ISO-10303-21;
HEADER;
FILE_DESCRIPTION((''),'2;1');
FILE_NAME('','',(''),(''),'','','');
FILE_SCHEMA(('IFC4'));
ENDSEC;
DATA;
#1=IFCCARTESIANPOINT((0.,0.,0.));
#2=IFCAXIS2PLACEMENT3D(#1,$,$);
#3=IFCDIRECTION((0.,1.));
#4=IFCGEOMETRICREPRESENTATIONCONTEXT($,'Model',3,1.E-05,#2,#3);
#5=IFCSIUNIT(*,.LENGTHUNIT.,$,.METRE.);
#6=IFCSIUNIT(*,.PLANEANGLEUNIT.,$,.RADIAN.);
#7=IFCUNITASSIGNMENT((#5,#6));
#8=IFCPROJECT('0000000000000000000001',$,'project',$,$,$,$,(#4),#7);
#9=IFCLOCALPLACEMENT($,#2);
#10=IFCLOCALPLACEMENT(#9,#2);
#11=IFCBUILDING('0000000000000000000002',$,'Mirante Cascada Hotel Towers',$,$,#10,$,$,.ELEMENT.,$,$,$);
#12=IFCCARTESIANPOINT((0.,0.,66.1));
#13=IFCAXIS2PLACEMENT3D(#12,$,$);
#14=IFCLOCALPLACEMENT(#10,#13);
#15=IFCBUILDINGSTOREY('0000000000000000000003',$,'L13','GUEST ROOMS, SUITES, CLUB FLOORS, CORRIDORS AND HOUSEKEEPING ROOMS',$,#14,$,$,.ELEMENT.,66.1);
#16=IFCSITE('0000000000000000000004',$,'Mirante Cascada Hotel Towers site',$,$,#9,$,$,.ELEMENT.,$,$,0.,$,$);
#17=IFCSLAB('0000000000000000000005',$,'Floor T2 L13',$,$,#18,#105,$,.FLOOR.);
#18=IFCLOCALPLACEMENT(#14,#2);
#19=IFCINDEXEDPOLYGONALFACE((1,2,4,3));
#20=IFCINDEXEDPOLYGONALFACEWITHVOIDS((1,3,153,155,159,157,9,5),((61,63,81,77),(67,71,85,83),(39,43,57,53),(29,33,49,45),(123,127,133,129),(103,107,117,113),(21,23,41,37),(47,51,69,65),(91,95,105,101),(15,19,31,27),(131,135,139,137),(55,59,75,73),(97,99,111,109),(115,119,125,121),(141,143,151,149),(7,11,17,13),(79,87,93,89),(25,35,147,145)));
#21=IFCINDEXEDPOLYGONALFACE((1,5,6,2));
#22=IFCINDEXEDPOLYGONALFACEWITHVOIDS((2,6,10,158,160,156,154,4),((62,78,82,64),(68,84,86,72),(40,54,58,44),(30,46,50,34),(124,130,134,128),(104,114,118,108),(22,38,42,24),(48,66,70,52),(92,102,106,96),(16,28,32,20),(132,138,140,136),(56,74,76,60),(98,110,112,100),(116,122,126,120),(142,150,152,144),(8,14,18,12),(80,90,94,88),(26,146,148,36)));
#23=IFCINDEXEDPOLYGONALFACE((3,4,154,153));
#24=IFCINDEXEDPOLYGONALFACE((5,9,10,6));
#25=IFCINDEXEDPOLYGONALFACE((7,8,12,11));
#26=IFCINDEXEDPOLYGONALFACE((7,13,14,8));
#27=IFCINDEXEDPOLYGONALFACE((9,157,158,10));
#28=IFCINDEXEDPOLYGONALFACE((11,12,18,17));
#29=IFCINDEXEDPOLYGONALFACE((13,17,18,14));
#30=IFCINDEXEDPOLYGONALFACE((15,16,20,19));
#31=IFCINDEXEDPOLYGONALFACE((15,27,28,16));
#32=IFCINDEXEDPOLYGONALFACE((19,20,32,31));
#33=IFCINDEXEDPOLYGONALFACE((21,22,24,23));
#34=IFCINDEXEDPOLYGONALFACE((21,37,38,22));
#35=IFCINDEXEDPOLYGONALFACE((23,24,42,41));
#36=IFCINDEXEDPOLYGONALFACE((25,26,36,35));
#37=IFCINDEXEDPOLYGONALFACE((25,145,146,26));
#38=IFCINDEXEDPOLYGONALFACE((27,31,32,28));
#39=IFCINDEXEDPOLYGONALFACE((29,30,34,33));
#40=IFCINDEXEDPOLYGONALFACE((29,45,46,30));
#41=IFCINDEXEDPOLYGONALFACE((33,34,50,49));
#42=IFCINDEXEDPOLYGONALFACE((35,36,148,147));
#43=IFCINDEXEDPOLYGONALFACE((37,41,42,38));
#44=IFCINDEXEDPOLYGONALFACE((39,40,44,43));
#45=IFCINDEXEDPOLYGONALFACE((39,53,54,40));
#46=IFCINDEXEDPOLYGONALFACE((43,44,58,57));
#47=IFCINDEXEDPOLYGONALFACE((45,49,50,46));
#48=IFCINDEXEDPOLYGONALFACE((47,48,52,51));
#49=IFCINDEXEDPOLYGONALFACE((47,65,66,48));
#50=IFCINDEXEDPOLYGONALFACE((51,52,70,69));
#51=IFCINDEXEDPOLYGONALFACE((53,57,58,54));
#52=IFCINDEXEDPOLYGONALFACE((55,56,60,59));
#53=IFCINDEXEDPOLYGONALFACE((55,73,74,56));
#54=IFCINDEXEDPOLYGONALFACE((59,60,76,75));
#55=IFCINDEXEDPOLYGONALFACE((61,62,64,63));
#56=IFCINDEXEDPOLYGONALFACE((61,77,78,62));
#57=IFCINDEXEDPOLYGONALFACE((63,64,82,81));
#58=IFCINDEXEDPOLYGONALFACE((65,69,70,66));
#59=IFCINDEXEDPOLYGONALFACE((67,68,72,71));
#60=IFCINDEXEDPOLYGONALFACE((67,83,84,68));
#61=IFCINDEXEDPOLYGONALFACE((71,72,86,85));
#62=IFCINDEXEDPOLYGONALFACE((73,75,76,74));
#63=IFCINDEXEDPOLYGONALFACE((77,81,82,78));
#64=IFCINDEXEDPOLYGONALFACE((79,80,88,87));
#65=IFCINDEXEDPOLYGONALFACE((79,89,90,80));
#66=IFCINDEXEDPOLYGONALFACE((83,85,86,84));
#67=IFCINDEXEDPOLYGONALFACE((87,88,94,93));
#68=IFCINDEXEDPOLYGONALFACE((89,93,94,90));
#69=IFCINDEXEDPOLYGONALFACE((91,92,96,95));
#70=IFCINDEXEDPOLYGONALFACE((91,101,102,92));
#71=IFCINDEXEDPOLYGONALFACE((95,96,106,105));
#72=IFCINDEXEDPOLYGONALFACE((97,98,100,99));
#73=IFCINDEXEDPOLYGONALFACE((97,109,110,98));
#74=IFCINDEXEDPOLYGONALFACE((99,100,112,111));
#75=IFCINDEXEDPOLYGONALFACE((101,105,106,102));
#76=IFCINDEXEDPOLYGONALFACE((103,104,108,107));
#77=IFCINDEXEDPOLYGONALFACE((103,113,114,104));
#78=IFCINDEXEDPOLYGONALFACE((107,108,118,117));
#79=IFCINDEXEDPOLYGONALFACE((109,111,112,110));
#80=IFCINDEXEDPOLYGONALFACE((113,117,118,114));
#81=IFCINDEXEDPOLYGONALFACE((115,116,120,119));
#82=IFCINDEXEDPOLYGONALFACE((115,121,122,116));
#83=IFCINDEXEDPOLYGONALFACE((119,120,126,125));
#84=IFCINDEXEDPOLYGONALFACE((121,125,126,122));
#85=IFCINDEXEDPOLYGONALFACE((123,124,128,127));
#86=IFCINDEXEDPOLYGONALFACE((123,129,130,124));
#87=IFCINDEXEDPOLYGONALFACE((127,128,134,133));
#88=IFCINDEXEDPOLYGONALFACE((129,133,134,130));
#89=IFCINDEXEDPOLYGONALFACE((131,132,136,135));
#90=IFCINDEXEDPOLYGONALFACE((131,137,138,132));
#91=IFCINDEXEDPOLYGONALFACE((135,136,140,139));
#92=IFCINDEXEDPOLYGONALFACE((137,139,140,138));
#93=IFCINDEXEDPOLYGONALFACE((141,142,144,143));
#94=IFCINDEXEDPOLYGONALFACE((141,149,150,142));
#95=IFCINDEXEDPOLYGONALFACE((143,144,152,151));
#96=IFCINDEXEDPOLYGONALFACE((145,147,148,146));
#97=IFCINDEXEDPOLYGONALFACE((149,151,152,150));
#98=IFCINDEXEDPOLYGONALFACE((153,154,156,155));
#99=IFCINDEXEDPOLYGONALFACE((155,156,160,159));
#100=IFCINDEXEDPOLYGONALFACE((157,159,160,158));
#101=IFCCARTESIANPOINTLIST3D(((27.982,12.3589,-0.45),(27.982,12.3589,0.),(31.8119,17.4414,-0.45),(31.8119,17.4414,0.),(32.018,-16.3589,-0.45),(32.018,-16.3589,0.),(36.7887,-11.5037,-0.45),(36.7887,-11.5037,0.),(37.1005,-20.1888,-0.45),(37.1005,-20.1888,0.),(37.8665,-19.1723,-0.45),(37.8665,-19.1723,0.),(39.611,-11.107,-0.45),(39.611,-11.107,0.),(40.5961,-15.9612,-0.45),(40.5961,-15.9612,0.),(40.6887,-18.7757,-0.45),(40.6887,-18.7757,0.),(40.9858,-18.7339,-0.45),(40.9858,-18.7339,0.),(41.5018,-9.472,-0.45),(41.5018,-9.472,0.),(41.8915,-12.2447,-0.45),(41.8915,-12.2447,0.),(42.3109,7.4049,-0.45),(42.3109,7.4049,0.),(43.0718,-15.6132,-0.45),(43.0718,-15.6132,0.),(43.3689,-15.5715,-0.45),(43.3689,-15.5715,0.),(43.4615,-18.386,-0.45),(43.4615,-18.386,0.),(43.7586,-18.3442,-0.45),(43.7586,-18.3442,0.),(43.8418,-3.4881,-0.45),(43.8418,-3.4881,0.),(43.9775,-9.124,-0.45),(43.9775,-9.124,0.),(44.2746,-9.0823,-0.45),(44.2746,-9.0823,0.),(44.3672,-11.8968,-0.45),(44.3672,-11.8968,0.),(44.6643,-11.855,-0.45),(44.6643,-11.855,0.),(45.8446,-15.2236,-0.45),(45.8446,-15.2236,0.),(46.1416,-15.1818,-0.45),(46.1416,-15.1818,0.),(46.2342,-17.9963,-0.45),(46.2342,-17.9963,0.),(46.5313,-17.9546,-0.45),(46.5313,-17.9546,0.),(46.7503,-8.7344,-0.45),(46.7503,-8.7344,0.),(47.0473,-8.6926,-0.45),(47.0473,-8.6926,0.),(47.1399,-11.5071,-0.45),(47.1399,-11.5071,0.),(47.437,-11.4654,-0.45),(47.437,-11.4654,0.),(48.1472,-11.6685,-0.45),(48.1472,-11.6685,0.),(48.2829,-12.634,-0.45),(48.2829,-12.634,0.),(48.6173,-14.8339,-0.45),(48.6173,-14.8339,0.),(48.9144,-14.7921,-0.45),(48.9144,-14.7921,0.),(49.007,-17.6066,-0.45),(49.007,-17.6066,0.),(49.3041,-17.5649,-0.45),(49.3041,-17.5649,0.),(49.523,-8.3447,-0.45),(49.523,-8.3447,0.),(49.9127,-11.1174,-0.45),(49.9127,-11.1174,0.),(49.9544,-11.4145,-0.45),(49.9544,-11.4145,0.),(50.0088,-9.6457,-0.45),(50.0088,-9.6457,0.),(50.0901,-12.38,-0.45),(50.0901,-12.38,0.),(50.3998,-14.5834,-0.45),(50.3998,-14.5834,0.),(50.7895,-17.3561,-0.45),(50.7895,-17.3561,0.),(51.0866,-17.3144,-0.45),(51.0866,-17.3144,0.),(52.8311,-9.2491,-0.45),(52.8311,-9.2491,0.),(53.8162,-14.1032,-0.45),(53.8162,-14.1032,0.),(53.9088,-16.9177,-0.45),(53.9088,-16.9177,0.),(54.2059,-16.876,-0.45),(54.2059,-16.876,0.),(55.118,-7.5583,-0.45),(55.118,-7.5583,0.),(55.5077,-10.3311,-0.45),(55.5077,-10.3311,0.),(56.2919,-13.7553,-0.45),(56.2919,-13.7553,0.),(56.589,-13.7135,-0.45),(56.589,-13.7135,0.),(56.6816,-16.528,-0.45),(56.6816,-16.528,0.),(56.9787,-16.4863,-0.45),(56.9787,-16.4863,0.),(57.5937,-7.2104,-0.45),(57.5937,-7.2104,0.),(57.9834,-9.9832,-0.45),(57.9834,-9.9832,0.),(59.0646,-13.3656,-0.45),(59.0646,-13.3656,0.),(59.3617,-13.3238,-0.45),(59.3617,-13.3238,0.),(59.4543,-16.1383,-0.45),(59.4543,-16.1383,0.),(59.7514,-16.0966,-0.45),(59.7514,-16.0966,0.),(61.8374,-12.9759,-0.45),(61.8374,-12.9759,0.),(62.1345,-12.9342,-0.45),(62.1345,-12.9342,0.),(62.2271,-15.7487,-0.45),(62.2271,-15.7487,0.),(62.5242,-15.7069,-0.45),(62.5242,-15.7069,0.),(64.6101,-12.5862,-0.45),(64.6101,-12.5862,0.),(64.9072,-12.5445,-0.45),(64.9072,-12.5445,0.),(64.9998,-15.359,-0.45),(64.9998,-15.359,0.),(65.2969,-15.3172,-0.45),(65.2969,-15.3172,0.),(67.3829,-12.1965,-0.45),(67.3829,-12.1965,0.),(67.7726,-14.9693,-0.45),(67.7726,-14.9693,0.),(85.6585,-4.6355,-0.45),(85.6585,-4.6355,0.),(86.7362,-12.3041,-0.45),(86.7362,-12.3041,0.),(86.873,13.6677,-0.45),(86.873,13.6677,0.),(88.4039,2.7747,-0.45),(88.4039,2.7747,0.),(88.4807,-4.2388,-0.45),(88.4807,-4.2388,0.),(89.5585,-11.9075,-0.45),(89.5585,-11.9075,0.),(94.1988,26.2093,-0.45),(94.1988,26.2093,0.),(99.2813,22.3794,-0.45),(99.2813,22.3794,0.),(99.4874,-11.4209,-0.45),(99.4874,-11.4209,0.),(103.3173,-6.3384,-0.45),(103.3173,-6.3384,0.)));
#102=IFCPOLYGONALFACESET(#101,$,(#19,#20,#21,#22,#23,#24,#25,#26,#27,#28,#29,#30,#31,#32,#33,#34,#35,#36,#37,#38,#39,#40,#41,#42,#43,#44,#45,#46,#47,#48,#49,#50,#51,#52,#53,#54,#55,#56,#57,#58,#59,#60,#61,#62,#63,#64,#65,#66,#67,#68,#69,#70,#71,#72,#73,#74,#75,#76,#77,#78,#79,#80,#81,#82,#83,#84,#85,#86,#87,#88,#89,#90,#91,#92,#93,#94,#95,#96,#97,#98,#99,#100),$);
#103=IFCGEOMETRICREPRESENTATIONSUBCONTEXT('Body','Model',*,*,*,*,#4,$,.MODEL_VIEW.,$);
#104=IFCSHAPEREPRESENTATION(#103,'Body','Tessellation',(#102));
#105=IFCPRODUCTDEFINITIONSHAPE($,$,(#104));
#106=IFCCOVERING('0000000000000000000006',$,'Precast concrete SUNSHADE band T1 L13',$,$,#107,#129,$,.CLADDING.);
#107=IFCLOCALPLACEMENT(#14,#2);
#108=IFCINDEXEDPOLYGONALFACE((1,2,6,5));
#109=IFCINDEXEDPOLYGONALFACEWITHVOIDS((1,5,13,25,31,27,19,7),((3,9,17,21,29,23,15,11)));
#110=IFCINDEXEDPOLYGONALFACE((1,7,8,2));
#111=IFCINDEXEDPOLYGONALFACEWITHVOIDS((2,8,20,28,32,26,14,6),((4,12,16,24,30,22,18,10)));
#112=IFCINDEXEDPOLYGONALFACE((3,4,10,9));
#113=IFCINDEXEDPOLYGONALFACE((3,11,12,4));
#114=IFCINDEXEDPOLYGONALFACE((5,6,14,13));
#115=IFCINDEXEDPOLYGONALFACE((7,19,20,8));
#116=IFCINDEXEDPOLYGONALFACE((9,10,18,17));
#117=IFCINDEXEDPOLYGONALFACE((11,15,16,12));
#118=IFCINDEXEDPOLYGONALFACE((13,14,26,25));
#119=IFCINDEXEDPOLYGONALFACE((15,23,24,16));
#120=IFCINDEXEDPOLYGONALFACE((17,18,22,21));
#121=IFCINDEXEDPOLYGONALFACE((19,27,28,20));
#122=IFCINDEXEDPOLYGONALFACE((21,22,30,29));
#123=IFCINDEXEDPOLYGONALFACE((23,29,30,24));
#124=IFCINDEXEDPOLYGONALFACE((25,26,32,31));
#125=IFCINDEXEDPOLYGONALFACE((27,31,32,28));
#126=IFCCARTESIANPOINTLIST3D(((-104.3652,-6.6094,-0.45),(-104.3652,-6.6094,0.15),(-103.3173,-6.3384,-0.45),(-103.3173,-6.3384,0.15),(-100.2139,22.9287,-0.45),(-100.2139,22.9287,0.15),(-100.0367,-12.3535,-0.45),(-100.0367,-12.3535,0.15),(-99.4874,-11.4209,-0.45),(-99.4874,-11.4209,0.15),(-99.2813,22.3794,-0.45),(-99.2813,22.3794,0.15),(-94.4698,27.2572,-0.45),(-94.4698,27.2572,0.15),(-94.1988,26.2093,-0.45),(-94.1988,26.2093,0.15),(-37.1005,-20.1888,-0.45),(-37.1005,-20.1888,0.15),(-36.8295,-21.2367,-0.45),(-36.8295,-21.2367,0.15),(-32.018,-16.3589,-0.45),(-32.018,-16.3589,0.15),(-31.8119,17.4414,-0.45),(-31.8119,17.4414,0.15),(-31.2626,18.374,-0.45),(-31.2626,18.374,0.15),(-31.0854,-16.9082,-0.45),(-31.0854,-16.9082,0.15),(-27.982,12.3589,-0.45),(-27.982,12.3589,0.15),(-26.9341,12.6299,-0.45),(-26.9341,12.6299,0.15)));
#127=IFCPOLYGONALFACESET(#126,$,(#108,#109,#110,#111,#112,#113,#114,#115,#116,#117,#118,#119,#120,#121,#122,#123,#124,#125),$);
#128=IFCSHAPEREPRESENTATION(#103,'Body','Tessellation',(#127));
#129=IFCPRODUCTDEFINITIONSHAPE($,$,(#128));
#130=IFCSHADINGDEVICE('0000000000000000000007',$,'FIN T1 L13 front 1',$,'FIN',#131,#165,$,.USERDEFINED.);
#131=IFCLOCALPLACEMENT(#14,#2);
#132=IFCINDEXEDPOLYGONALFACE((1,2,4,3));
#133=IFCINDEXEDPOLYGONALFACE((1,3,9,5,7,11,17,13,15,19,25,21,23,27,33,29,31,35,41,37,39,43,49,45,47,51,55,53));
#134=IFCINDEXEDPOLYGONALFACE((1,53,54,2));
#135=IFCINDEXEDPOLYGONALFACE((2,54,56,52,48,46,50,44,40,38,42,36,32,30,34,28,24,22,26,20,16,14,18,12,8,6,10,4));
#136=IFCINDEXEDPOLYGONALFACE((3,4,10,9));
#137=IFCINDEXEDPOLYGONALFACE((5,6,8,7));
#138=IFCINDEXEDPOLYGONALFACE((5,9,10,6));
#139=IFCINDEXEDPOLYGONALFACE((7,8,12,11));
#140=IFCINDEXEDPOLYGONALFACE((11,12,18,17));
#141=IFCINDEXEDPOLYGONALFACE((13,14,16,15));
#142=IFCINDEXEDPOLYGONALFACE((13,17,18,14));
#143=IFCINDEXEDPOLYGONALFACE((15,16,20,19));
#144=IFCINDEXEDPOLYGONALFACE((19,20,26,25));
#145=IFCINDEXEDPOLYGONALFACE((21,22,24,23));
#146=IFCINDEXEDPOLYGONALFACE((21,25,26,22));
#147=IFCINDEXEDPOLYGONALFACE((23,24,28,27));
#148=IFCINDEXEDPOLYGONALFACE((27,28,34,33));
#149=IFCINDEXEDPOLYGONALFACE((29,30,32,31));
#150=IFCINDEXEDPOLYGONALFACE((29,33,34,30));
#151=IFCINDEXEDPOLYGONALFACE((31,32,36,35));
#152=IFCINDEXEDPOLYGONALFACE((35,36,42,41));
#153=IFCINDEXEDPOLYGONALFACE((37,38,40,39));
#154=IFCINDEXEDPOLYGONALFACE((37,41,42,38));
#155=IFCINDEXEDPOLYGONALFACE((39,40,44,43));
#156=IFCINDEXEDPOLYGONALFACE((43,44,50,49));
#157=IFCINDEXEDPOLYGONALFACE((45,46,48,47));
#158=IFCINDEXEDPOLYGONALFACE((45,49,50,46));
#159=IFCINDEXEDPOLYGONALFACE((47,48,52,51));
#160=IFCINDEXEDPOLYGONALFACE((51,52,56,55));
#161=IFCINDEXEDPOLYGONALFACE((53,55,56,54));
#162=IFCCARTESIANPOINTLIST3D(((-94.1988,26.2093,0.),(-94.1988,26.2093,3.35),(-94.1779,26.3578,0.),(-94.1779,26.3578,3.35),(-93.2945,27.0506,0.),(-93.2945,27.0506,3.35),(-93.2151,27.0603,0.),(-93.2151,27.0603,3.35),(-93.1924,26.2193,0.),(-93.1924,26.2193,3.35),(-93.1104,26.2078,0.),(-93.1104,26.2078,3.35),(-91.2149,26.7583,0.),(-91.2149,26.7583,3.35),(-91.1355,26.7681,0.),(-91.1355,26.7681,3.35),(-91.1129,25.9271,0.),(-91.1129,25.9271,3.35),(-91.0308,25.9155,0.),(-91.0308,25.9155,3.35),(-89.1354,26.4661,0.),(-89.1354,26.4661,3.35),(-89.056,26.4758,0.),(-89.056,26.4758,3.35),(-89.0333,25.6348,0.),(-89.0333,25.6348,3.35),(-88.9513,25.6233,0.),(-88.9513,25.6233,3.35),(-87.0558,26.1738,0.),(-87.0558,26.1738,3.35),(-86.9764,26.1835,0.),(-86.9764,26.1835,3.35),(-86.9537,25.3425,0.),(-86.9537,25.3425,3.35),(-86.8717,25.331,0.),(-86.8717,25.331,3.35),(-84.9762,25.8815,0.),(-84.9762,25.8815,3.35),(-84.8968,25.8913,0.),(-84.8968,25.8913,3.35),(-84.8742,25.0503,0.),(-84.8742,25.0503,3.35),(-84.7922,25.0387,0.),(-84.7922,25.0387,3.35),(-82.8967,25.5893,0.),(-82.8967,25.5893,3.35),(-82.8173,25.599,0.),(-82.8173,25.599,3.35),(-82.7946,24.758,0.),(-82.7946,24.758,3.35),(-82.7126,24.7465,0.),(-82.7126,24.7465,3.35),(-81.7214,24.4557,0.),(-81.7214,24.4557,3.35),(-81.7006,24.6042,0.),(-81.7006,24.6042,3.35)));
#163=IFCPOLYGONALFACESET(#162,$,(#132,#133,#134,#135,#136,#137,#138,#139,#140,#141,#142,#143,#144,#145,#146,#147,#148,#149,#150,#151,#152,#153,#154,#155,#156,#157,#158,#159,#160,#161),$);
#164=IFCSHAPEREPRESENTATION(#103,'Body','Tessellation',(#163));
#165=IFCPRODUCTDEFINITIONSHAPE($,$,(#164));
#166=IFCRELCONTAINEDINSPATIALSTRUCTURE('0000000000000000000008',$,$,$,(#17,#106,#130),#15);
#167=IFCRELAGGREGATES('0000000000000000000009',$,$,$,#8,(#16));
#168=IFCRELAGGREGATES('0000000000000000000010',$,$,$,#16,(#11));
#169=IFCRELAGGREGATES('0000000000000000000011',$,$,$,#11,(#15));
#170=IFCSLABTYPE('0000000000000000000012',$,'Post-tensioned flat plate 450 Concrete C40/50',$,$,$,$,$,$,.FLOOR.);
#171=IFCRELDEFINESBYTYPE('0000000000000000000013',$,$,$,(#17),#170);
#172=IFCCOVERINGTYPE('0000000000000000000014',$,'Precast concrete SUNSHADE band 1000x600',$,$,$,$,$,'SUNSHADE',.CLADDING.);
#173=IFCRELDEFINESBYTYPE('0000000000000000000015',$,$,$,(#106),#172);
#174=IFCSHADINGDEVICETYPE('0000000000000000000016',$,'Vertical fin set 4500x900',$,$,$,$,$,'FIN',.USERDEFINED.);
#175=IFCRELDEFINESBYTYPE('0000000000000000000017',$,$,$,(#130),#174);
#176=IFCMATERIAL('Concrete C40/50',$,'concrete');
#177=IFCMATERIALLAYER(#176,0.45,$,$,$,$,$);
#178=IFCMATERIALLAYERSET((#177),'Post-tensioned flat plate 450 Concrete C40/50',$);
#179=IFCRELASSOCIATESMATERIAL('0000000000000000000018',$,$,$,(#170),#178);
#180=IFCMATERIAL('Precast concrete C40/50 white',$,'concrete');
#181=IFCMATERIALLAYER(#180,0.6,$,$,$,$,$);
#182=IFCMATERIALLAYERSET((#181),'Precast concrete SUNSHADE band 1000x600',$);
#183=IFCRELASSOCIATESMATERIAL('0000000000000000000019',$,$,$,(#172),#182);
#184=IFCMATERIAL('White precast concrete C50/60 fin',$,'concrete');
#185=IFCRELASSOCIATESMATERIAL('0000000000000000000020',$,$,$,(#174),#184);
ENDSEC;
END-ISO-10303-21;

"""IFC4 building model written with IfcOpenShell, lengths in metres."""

from ifc_helpers import new_model, si_unit, direction, frame, origin, place, context, subcontext, project, spatial, polyline, outline, extrude, material, layer, layer_set, type_object, element, save


model = new_model("IFC4")

# Units and contexts
model_context = context("Model", 3, precision=1e-05, world=origin(), true_north=direction((0.0, 1.0)))
body_context = subcontext(model_context, "Body", "Model", "MODEL_VIEW")
ifc_project = project(units=[si_unit("LENGTHUNIT", "METRE"), si_unit("PLANEANGLEUNIT", "RADIAN")], contexts=[model_context])

# Site, building, storey
site_placement = place(None, origin())
site = spatial("IfcSite", under=ifc_project, at=site_placement, Name="Mirante Cascada Hotel Towers site", CompositionType="ELEMENT", RefElevation=0.0)
building_placement = place(site_placement, origin())
building = spatial("IfcBuilding", under=site, at=building_placement, Name="Mirante Cascada Hotel Towers", CompositionType="ELEMENT")
storey_placement = place(building_placement, frame((0.0, 0.0, 66.1)))
storey = spatial("IfcBuildingStorey", under=building, at=storey_placement, Name="L13", Description="GUEST ROOMS, SUITES, CLUB FLOORS, CORRIDORS AND HOUSEKEEPING ROOMS", CompositionType="ELEMENT", Elevation=66.1)

# Slab
ifc_material_1 = material(Name="Concrete C40/50", Category="concrete")
ifc_layer_1 = layer(ifc_material_1, 0.45)
ifc_layer_set_1 = layer_set([ifc_layer_1], Name="Post-tensioned flat plate 450 Concrete C40/50")
slab_type = type_object("IfcSlabType", Name="Post-tensioned flat plate 450 Concrete C40/50", PredefinedType="FLOOR", material=ifc_layer_set_1)
slab_1_placement = place(storey_placement, frame((0.0, 0.0, -0.45)))
element("IfcSlab", 1, at=slab_1_placement, inside=storey, type_object=slab_type, Name="Floor T2 L13", PredefinedType="FLOOR", context=body_context, shape_type="SweptSolid", body=[
    extrude(outline(polyline([(32.018, -16.3589), (27.982, 12.3589), (31.8119, 17.4414), (94.1988, 26.2093), (99.2813, 22.3794), (103.3173, -6.3384), (99.4874, -11.4209), (37.1005, -20.1888), (32.018, -16.3589)]), holes=[polyline([(43.0718, -15.6132), (40.5961, -15.9612), (40.9858, -18.7339), (43.4615, -18.386), (43.0718, -15.6132)]), polyline([(45.8446, -15.2236), (43.3689, -15.5715), (43.7586, -18.3442), (46.2342, -17.9963), (45.8446, -15.2236)]), polyline([(48.6173, -14.8339), (46.1416, -15.1818), (46.5313, -17.9546), (49.007, -17.6066), (48.6173, -14.8339)]), polyline([(50.3998, -14.5834), (48.9144, -14.7921), (49.3041, -17.5649), (50.7895, -17.3561), (50.3998, -14.5834)]), polyline([(37.8665, -19.1723), (40.6887, -18.7757), (39.611, -11.107), (36.7887, -11.5037), (37.8665, -19.1723)]), polyline([(49.9544, -11.4145), (48.1472, -11.6685), (48.2829, -12.634), (50.0901, -12.38), (49.9544, -11.4145)]), polyline([(43.9775, -9.124), (41.5018, -9.472), (41.8915, -12.2447), (44.3672, -11.8968), (43.9775, -9.124)]), polyline([(47.1399, -11.5071), (46.7503, -8.7344), (44.2746, -9.0823), (44.6643, -11.855), (47.1399, -11.5071)]), polyline([(49.9127, -11.1174), (49.523, -8.3447), (47.0473, -8.6926), (47.437, -11.4654), (49.9127, -11.1174)]), polyline([(56.2919, -13.7553), (53.8162, -14.1032), (54.2059, -16.876), (56.6816, -16.528), (56.2919, -13.7553)]), polyline([(59.0646, -13.3656), (56.589, -13.7135), (56.9787, -16.4863), (59.4543, -16.1383), (59.0646, -13.3656)]), polyline([(61.8374, -12.9759), (59.3617, -13.3238), (59.7514, -16.0966), (62.2271, -15.7487), (61.8374, -12.9759)]), polyline([(64.6101, -12.5862), (62.1345, -12.9342), (62.5242, -15.7069), (64.9998, -15.359), (64.6101, -12.5862)]), polyline([(67.3829, -12.1965), (64.9072, -12.5445), (65.2969, -15.3172), (67.7726, -14.9693), (67.3829, -12.1965)]), polyline([(51.0866, -17.3144), (53.9088, -16.9177), (52.8311, -9.2491), (50.0088, -9.6457), (51.0866, -17.3144)]), polyline([(86.7362, -12.3041), (89.5585, -11.9075), (88.4807, -4.2388), (85.6585, -4.6355), (86.7362, -12.3041)]), polyline([(57.9834, -9.9832), (57.5937, -7.2104), (55.118, -7.5583), (55.5077, -10.3311), (57.9834, -9.9832)]), polyline([(88.4039, 2.7747), (86.873, 13.6677), (42.3109, 7.4049), (43.8418, -3.4881), (88.4039, 2.7747)])]), origin(), (0.0, 0.0, 1.0), 0.45),
])

# Covering
ifc_material_2 = material(Name="Precast concrete C40/50 white", Category="concrete")
ifc_layer_2 = layer(ifc_material_2, 0.6)
ifc_layer_set_2 = layer_set([ifc_layer_2], Name="Precast concrete SUNSHADE band 1000x600")
covering_type = type_object("IfcCoveringType", Name="Precast concrete SUNSHADE band 1000x600", ElementType="SUNSHADE", PredefinedType="CLADDING", material=ifc_layer_set_2)
covering_placement = place(storey_placement, frame((0.0, 0.0, -0.45)))
element("IfcCovering", 2, at=covering_placement, inside=storey, type_object=covering_type, Name="Precast concrete SUNSHADE band T1 L13", PredefinedType="CLADDING", context=body_context, shape_type="SweptSolid", body=[
    extrude(outline(polyline([(-104.3652, -6.6094), (-100.2139, 22.9287), (-94.4698, 27.2572), (-31.2626, 18.374), (-26.9341, 12.6299), (-31.0854, -16.9082), (-36.8295, -21.2367), (-100.0367, -12.3535), (-104.3652, -6.6094)]), holes=[polyline([(-27.982, 12.3589), (-31.8119, 17.4414), (-94.1988, 26.2093), (-99.2813, 22.3794), (-103.3173, -6.3384), (-99.4874, -11.4209), (-37.1005, -20.1888), (-32.018, -16.3589), (-27.982, 12.3589)])]), origin(), (0.0, 0.0, 1.0), 0.6),
])

# Shading device
ifc_material_3 = material(Name="White precast concrete C50/60 fin", Category="concrete")
shading_device_type = type_object("IfcShadingDeviceType", Name="Vertical fin set 4500x900", ElementType="FIN", PredefinedType="USERDEFINED", material=ifc_material_3)
shading_device_1_placement = place(storey_placement, origin())
element("IfcShadingDevice", 3, at=shading_device_1_placement, inside=storey, type_object=shading_device_type, Name="FIN T1 L13 front 1", ObjectType="FIN", PredefinedType="USERDEFINED", context=body_context, shape_type="SweptSolid", body=[
    extrude(outline(polyline([(-82.8173, 25.599), (-82.7126, 24.7465), (-81.7006, 24.6042), (-81.7214, 24.4557), (-94.1988, 26.2093), (-94.1779, 26.3578), (-93.1924, 26.2193), (-93.2945, 27.0506), (-93.2151, 27.0603), (-93.1104, 26.2078), (-91.1129, 25.9271), (-91.2149, 26.7583), (-91.1355, 26.7681), (-91.0308, 25.9155), (-89.0333, 25.6348), (-89.1354, 26.4661), (-89.056, 26.4758), (-88.9513, 25.6233), (-86.9537, 25.3425), (-87.0558, 26.1738), (-86.9764, 26.1835), (-86.8717, 25.331), (-84.8742, 25.0503), (-84.9762, 25.8815), (-84.8968, 25.8913), (-84.7922, 25.0387), (-82.7946, 24.758), (-82.8967, 25.5893), (-82.8173, 25.599)])), origin(), (0.0, 0.0, 1.0), 3.35),
])

save(model, "model.ifc")
